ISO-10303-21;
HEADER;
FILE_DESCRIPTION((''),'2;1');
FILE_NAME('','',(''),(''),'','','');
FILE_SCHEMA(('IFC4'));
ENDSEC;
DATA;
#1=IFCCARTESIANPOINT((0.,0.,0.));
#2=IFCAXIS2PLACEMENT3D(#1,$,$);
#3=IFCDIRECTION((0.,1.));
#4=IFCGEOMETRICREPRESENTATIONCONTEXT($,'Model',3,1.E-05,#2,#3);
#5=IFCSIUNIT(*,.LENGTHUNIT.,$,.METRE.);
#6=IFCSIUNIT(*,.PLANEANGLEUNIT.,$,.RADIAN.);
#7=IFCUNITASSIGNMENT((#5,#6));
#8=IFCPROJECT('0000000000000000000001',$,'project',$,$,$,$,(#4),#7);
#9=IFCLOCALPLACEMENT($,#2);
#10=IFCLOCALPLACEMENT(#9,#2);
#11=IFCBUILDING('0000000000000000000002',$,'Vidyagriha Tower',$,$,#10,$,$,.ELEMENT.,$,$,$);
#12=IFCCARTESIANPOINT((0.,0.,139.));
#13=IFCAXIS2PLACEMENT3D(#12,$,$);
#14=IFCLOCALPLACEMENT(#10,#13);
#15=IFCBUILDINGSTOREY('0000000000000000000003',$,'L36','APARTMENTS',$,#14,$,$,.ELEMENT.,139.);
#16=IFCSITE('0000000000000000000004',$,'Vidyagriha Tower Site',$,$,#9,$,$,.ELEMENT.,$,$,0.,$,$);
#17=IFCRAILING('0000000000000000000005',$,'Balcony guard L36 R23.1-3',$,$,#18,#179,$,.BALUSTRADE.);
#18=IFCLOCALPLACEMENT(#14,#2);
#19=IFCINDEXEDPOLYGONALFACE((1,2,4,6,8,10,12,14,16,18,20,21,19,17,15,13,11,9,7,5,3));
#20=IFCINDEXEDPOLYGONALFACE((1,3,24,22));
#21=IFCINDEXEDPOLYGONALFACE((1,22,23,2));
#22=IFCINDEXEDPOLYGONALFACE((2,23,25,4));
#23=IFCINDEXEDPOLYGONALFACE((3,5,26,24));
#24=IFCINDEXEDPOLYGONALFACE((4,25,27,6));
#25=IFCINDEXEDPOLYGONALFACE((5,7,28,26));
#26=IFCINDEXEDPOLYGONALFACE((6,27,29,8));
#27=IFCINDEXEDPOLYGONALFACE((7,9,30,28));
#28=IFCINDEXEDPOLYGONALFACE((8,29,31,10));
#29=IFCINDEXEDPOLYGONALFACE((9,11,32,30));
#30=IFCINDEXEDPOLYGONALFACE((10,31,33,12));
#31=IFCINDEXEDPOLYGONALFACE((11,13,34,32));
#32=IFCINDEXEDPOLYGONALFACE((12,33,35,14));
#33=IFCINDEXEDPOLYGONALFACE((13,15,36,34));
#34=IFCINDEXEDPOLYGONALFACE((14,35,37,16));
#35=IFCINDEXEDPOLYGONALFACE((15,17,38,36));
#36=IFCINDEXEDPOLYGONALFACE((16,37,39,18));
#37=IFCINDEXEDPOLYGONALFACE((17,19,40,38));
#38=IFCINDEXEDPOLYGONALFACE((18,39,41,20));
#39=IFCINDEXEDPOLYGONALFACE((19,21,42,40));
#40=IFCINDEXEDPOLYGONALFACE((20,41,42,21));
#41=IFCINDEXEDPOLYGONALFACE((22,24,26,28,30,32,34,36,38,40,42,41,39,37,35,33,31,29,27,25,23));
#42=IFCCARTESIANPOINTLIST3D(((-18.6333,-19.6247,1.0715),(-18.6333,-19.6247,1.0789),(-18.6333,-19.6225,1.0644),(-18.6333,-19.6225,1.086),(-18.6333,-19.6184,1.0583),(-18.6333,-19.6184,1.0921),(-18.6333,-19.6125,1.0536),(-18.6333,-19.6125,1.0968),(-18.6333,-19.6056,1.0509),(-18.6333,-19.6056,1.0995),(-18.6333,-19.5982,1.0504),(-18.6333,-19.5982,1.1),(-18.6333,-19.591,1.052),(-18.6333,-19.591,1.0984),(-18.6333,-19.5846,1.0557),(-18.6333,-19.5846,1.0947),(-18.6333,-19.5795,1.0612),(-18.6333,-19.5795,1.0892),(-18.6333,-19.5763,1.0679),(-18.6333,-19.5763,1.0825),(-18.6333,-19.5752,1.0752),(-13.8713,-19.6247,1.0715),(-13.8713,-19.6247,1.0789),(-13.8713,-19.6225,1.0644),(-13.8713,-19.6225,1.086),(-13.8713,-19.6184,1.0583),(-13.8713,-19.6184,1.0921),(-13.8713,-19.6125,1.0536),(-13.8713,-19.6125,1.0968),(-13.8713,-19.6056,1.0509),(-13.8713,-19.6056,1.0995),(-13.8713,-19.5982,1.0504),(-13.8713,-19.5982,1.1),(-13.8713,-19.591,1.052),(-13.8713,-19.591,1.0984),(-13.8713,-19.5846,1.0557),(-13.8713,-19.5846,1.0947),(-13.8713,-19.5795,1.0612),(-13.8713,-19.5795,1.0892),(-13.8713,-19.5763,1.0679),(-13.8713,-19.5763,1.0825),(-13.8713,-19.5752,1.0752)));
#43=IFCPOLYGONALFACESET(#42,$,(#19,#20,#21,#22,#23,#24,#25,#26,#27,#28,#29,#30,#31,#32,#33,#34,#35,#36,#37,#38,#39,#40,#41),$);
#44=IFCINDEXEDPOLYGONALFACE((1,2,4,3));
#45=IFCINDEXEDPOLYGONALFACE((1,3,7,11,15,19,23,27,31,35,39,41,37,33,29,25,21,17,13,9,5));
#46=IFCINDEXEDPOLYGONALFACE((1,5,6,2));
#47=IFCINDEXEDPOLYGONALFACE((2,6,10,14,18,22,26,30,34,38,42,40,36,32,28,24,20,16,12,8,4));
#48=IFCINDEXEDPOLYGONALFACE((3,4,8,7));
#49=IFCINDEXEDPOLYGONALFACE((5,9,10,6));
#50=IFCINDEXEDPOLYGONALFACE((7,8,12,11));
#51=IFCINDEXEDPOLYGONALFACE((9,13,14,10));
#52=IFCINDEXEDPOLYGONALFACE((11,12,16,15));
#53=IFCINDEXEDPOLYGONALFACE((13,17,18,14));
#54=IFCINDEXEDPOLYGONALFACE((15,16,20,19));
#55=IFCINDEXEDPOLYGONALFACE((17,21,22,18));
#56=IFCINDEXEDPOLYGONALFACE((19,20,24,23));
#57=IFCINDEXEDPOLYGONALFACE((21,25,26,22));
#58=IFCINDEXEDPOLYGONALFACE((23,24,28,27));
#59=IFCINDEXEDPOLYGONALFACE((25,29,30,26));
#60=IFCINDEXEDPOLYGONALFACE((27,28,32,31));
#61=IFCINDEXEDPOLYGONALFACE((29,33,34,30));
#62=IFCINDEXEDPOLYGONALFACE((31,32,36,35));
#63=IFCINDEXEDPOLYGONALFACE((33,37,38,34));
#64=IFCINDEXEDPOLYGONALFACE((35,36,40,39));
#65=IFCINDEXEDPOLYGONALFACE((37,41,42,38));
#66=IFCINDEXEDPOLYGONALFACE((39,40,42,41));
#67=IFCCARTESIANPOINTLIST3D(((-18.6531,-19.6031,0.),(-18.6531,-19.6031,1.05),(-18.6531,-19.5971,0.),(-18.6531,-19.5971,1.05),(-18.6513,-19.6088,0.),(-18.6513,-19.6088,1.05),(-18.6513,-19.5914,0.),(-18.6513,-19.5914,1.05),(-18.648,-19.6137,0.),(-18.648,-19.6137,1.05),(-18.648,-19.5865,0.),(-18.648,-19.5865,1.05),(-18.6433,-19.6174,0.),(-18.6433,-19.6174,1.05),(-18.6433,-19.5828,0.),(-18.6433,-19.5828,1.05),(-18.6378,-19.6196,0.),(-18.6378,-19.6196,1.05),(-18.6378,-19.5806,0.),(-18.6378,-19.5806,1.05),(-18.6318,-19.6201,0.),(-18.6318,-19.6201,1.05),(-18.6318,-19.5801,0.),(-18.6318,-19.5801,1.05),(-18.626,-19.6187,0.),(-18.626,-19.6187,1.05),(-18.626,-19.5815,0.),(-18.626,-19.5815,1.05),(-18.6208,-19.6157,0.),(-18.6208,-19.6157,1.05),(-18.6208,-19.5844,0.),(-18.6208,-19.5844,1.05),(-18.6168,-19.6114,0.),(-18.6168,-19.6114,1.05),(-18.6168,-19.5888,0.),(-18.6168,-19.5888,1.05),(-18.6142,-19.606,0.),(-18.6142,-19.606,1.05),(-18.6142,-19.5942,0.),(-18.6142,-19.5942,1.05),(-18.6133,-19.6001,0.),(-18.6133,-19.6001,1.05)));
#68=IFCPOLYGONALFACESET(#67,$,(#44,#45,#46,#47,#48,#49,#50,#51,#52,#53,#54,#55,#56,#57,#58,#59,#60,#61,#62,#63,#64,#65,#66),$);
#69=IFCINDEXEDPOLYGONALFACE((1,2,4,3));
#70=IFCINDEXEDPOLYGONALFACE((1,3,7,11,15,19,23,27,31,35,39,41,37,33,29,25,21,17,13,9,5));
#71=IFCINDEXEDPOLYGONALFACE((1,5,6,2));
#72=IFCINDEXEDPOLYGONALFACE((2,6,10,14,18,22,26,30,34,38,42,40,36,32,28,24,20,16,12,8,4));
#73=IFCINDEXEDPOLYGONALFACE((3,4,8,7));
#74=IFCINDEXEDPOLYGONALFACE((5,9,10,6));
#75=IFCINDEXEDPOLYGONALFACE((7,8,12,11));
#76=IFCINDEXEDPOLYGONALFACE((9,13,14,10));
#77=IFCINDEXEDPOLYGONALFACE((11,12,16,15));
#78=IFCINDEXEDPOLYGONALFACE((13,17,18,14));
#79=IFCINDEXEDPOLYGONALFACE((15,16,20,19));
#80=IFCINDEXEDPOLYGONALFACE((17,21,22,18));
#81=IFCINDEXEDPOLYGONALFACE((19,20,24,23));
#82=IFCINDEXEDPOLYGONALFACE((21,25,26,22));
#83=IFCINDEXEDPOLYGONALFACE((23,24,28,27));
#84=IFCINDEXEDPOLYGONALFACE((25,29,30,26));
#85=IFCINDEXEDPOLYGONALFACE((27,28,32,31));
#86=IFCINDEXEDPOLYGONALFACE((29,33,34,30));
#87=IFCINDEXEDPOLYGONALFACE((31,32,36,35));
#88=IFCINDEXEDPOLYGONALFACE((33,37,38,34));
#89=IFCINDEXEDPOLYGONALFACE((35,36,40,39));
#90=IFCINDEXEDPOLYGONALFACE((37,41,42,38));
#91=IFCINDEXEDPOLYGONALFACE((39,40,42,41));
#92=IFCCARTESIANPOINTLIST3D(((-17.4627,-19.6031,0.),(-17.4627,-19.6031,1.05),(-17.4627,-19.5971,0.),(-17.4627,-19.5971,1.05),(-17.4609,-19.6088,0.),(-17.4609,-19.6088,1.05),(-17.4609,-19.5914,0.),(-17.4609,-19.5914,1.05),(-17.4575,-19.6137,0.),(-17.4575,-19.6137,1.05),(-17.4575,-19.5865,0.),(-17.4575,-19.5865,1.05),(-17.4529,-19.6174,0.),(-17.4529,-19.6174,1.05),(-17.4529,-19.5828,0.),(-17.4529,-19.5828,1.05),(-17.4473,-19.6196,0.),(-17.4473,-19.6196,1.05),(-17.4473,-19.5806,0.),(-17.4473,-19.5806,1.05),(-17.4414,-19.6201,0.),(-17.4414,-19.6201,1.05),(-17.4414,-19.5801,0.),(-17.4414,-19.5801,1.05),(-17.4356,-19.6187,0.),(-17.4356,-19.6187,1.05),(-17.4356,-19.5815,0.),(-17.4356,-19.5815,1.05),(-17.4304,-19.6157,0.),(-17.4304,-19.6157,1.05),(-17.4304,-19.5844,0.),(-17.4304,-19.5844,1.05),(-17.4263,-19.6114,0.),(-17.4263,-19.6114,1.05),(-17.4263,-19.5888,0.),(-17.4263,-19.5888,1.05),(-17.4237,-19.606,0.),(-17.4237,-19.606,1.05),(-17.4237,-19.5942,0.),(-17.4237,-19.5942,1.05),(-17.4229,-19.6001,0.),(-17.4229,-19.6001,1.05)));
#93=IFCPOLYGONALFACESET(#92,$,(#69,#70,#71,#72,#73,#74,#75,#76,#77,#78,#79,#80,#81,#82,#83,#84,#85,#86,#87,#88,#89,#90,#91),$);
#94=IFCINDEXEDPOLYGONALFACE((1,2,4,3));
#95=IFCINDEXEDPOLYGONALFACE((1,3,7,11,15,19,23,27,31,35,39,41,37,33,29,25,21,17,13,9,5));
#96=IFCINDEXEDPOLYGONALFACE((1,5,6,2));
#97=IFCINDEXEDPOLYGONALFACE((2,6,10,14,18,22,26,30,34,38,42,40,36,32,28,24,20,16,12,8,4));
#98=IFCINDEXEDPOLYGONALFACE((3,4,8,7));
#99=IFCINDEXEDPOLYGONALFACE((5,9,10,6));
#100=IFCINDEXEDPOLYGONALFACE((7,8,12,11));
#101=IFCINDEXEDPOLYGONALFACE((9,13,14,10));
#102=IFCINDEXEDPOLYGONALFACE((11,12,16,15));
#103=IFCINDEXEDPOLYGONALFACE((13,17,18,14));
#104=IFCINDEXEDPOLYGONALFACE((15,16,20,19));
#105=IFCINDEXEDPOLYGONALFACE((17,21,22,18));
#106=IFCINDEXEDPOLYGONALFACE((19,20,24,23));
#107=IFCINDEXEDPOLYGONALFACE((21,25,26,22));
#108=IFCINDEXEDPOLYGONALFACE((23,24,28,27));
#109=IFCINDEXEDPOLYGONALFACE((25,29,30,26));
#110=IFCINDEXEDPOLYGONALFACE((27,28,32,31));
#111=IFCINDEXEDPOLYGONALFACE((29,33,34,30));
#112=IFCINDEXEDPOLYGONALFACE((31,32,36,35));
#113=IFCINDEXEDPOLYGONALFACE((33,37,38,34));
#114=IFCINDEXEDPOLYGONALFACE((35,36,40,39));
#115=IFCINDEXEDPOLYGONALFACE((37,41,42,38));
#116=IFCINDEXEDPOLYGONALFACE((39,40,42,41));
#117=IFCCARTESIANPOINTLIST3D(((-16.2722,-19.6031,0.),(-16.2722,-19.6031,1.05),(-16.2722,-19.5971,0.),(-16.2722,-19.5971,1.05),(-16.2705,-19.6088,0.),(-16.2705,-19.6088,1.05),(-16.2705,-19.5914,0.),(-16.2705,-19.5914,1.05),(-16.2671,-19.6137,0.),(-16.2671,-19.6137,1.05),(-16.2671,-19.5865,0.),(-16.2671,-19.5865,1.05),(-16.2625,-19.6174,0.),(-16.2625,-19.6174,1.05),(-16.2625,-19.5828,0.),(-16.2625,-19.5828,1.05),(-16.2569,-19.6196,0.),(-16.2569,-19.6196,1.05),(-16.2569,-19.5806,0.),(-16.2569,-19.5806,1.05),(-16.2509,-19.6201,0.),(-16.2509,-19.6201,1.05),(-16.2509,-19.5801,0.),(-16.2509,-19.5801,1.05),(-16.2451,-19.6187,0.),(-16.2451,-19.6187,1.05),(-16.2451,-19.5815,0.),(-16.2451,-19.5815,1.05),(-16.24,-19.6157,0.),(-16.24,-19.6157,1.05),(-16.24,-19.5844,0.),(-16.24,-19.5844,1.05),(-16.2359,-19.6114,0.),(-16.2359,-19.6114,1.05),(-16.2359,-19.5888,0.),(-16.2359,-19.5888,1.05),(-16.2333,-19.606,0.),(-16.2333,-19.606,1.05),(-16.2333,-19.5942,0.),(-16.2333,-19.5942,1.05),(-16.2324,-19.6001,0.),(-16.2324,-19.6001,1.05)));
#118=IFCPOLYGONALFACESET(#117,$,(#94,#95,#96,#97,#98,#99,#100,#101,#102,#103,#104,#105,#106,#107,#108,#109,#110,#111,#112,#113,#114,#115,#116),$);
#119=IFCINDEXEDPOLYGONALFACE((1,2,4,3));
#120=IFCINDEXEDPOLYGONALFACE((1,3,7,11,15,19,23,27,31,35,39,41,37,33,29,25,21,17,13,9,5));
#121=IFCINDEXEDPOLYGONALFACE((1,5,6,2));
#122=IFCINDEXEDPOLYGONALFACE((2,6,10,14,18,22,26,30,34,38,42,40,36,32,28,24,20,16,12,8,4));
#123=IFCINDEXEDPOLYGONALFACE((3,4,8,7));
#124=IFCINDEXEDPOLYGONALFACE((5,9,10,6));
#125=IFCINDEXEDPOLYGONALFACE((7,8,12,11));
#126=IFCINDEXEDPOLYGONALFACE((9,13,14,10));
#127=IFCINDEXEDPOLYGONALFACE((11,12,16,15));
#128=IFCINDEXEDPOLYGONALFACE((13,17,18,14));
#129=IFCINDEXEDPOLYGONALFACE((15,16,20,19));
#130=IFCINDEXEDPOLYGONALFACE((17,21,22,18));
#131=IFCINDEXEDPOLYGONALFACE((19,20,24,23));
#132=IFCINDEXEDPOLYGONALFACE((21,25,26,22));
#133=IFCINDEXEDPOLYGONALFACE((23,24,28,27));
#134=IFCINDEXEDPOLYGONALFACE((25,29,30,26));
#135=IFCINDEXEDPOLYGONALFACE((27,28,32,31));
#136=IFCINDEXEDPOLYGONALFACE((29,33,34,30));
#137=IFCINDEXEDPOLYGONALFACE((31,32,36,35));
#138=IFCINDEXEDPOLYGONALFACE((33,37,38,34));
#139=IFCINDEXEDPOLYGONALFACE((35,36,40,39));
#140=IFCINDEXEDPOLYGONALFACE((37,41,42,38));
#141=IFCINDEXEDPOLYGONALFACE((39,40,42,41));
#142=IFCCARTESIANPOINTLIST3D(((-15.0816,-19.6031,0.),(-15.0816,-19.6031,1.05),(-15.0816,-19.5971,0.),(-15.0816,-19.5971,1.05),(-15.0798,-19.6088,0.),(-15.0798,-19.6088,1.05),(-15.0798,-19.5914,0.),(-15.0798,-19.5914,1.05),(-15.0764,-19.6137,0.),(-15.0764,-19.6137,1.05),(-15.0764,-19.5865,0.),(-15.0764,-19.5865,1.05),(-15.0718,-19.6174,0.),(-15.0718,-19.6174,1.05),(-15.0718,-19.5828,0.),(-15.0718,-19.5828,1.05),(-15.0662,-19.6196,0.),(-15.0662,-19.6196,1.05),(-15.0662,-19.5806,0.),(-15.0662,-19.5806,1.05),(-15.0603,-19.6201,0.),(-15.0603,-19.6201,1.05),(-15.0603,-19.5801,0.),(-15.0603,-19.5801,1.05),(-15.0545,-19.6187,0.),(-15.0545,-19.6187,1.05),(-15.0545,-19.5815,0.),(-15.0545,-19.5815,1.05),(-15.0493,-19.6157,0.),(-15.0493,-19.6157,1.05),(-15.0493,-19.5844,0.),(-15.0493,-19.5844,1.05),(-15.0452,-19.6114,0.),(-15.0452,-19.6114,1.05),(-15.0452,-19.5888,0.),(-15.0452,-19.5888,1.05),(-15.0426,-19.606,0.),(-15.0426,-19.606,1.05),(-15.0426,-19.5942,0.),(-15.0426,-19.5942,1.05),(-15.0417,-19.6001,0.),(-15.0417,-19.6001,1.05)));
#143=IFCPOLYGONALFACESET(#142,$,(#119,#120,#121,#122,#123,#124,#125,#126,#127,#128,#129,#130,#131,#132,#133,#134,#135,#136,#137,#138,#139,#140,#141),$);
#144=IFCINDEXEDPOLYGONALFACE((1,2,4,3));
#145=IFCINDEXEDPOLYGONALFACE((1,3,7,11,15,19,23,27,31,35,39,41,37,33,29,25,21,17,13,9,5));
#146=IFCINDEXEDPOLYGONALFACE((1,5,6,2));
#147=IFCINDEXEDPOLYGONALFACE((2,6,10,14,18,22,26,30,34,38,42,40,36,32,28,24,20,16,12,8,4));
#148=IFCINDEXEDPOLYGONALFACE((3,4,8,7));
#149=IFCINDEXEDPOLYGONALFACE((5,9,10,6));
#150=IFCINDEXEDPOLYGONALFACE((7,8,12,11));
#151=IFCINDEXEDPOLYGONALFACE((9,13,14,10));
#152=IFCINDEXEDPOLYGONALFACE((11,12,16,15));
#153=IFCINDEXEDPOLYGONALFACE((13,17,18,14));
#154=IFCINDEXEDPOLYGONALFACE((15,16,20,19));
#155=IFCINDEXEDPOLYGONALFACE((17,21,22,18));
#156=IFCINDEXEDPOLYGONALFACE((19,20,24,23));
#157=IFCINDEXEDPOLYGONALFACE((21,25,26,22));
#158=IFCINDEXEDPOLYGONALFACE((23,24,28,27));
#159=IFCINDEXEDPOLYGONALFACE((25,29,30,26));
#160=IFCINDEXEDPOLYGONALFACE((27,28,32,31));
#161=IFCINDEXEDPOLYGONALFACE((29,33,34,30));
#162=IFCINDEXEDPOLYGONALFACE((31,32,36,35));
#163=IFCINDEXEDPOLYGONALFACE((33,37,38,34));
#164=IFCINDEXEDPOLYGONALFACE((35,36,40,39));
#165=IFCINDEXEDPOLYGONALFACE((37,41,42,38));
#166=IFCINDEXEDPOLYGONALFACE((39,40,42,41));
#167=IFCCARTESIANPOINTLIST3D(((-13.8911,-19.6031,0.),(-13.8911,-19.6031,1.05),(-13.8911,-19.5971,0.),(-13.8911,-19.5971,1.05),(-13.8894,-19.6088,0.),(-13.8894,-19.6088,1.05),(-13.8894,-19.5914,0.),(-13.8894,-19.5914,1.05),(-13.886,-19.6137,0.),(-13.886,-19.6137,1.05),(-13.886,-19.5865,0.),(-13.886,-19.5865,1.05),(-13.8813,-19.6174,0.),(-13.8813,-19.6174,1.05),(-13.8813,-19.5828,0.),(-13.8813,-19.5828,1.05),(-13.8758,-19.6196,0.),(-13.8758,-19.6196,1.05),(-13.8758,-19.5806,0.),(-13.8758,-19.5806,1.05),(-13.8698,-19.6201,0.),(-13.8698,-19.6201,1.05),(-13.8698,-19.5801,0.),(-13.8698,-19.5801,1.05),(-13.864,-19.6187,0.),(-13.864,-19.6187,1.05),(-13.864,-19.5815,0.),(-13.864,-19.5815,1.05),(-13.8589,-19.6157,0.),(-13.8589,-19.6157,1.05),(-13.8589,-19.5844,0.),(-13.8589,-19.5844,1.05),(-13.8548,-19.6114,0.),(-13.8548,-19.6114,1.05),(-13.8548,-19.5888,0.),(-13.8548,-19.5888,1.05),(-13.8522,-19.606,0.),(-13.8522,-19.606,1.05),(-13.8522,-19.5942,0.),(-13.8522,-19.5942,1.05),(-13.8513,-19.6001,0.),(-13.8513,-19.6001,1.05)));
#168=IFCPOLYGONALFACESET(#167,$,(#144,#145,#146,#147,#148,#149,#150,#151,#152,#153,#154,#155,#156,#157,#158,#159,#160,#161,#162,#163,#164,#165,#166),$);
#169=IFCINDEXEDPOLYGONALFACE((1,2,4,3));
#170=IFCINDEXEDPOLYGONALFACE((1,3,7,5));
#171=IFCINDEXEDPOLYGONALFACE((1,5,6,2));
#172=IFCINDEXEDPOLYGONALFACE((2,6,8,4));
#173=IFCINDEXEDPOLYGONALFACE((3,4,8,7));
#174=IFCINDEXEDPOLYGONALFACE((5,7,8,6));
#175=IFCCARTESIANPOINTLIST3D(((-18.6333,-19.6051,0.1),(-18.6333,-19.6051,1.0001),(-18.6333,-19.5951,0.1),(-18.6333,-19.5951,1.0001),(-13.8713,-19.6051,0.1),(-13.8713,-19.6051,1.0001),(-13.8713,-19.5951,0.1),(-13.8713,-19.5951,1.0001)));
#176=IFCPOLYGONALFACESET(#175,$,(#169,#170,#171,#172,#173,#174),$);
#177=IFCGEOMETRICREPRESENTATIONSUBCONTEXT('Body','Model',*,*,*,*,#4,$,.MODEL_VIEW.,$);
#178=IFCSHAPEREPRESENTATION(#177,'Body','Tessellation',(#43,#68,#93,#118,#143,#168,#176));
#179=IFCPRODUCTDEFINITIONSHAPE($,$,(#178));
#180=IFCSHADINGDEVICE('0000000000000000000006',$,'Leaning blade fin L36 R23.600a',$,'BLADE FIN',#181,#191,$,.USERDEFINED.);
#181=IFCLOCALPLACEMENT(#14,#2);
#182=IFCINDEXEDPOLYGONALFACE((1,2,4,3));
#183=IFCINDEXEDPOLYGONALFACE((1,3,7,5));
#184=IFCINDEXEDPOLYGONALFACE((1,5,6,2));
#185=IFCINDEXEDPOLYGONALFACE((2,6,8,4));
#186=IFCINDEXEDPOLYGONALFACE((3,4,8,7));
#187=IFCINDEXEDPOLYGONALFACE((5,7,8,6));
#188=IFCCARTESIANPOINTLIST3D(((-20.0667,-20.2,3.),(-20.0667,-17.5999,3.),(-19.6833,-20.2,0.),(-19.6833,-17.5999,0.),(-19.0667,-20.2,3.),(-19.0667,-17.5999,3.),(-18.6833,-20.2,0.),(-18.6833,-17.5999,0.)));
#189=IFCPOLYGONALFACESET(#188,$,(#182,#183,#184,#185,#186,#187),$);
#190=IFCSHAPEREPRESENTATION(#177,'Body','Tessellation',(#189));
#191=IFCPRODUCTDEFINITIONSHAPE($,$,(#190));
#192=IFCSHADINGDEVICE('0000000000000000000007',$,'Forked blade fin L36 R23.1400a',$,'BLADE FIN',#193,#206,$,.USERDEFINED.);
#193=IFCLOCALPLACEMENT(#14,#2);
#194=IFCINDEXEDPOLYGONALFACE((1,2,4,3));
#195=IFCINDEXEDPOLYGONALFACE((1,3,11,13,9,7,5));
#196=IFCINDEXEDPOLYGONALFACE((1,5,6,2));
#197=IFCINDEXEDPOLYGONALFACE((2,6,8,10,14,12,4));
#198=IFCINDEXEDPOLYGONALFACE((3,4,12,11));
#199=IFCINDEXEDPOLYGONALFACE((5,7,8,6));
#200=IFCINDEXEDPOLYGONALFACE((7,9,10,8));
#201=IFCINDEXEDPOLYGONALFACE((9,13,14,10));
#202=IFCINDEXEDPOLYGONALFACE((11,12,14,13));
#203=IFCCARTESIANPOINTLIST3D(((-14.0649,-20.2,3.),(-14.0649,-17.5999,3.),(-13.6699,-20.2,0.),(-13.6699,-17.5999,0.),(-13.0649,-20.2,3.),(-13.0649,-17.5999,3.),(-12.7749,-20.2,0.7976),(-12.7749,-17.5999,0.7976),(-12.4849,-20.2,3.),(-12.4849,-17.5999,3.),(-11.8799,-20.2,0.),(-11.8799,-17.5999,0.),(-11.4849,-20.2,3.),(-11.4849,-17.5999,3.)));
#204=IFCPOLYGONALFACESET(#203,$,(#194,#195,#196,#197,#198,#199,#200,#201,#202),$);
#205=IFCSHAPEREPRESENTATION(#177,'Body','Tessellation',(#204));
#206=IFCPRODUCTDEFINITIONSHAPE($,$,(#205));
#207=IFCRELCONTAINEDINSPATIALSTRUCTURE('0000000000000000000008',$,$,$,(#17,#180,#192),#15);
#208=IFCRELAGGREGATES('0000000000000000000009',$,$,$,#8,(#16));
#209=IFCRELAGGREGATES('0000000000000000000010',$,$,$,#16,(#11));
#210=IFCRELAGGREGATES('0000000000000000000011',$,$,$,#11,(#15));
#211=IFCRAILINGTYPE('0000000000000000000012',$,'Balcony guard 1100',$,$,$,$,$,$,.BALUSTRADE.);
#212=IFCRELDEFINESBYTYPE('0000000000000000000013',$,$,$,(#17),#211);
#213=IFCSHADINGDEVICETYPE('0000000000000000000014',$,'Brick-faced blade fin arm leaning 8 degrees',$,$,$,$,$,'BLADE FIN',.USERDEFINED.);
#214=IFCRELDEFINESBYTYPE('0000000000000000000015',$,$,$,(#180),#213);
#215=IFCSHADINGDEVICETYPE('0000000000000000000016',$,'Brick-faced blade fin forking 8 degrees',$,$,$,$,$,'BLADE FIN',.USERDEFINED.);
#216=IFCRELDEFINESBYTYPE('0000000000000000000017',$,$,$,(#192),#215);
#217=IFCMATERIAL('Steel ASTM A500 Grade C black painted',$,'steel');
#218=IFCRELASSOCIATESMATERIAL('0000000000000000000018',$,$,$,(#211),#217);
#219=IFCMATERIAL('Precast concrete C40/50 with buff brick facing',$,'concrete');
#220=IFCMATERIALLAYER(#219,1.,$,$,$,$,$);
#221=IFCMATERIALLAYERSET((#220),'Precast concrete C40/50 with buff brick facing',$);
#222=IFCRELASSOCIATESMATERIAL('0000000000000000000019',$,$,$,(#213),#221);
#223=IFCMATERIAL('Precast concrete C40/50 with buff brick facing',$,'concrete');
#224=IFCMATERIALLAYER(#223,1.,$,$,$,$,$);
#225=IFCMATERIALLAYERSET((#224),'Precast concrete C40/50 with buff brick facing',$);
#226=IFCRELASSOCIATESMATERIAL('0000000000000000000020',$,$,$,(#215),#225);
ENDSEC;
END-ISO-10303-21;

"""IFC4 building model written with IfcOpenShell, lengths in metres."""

from ifc_helpers import new_model, si_unit, direction, frame, origin, origin_2d, place, context, subcontext, project, spatial, polyline, rectangle, circle, outline, extrude, material, layer, layer_set, type_object, element, save


model = new_model("IFC4")

# Units and contexts
model_context = context("Model", 3, precision=1e-05, world=origin(), true_north=direction((0.0, 1.0)))
body_context = subcontext(model_context, "Body", "Model", "MODEL_VIEW")
ifc_project = project(units=[si_unit("LENGTHUNIT", "METRE"), si_unit("PLANEANGLEUNIT", "RADIAN")], contexts=[model_context])

# Site, building, storey
site_placement = place(None, origin())
site = spatial("IfcSite", under=ifc_project, at=site_placement, Name="Vidyagriha Tower Site", CompositionType="ELEMENT", RefElevation=0.0)
building_placement = place(site_placement, origin())
building = spatial("IfcBuilding", under=site, at=building_placement, Name="Vidyagriha Tower", CompositionType="ELEMENT")
storey_placement = place(building_placement, frame((0.0, 0.0, 139.0)))
storey = spatial("IfcBuildingStorey", under=building, at=storey_placement, Name="L36", Description="APARTMENTS", CompositionType="ELEMENT", Elevation=139.0)

# Railing
ifc_material_1 = material(Name="Steel ASTM A500 Grade C black painted", Category="steel")
railing_type = type_object("IfcRailingType", Name="Balcony guard 1100", PredefinedType="BALUSTRADE", material=ifc_material_1)
railing_1_placement = place(storey_placement, frame((-18.6333, -19.6001, 0.0)))
element("IfcRailing", 1, at=railing_1_placement, inside=storey, type_object=railing_type, Name="Balcony guard L36 R23.1-3", PredefinedType="BALUSTRADE", context=body_context, shape_type="SweptSolid", body=[
    extrude(circle(Radius=0.0249, at=origin_2d()), frame((0.0, 0.0, 1.0752), z_axis=(1.0, 0.0, 0.0), x_axis=(0.0, 1.0, 0.0)), (0.0, 0.0, 1.0), 4.762),
    extrude(circle(Radius=0.02, at=origin_2d()), origin(), (0.0, 0.0, 1.0), 1.05),
    extrude(circle(Radius=0.02, at=origin_2d()), frame((1.1904, 0.0, 0.0)), (0.0, 0.0, 1.0), 1.05),
    extrude(circle(Radius=0.02, at=origin_2d()), frame((2.3809, 0.0, 0.0)), (0.0, 0.0, 1.0), 1.05),
    extrude(circle(Radius=0.02, at=origin_2d()), frame((3.5715, 0.0, 0.0)), (0.0, 0.0, 1.0), 1.05),
    extrude(circle(Radius=0.02, at=origin_2d()), frame((4.762, 0.0, 0.0)), (0.0, 0.0, 1.0), 1.05),
    extrude(rectangle(XDim=0.01, YDim=0.9001, at=origin_2d()), frame((0.0, 0.0, 0.55), z_axis=(1.0, 0.0, 0.0), x_axis=(0.0, 1.0, 0.0)), (0.0, 0.0, 1.0), 4.762),
])

# Shading devices
ifc_material_2 = material(Name="Precast concrete C40/50 with buff brick facing", Category="concrete")
ifc_layer_1 = layer(ifc_material_2, 1.0)
ifc_layer_set_1 = layer_set([ifc_layer_1], Name="Precast concrete C40/50 with buff brick facing")
shading_device_type_1 = type_object("IfcShadingDeviceType", Name="Brick-faced blade fin arm leaning 8 degrees", ElementType="BLADE FIN", PredefinedType="USERDEFINED", material=ifc_layer_set_1)
shading_device_1_placement = place(storey_placement, frame((-20.0667, -18.8999, 0.0)))
element("IfcShadingDevice", 2, at=shading_device_1_placement, inside=storey, type_object=shading_device_type_1, Name="Leaning blade fin L36 R23.600a", ObjectType="BLADE FIN", PredefinedType="USERDEFINED", context=body_context, shape_type="SweptSolid", body=[
    extrude(outline(polyline([(0.3833, 0.0), (1.3833, 0.0), (1.0, 3.0), (0.0, 3.0), (0.3833, 0.0)])), frame((0.0, 1.3, 0.0), z_axis=(0.0, -1.0, 0.0), x_axis=(1.0, 0.0, 0.0)), (0.0, 0.0, 1.0), 2.6001),
])
ifc_material_3 = material(Name="Precast concrete C40/50 with buff brick facing", Category="concrete")
ifc_layer_2 = layer(ifc_material_3, 1.0)
ifc_layer_set_2 = layer_set([ifc_layer_2], Name="Precast concrete C40/50 with buff brick facing")
shading_device_type_2 = type_object("IfcShadingDeviceType", Name="Brick-faced blade fin forking 8 degrees", ElementType="BLADE FIN", PredefinedType="USERDEFINED", material=ifc_layer_set_2)
shading_device_2_placement = place(storey_placement, frame((-14.0649, -18.8999, 0.0)))
element("IfcShadingDevice", 3, at=shading_device_2_placement, inside=storey, type_object=shading_device_type_2, Name="Forked blade fin L36 R23.1400a", ObjectType="BLADE FIN", PredefinedType="USERDEFINED", context=body_context, shape_type="SweptSolid", body=[
    extrude(outline(polyline([(0.395, 0.0), (2.1851, 0.0), (2.5801, 3.0), (1.5801, 3.0), (1.29, 0.7976), (1.0, 3.0), (0.0, 3.0), (0.395, 0.0)])), frame((0.0, 1.3, 0.0), z_axis=(0.0, -1.0, 0.0), x_axis=(1.0, 0.0, 0.0)), (0.0, 0.0, 1.0), 2.6001),
])

save(model, "model.ifc")
